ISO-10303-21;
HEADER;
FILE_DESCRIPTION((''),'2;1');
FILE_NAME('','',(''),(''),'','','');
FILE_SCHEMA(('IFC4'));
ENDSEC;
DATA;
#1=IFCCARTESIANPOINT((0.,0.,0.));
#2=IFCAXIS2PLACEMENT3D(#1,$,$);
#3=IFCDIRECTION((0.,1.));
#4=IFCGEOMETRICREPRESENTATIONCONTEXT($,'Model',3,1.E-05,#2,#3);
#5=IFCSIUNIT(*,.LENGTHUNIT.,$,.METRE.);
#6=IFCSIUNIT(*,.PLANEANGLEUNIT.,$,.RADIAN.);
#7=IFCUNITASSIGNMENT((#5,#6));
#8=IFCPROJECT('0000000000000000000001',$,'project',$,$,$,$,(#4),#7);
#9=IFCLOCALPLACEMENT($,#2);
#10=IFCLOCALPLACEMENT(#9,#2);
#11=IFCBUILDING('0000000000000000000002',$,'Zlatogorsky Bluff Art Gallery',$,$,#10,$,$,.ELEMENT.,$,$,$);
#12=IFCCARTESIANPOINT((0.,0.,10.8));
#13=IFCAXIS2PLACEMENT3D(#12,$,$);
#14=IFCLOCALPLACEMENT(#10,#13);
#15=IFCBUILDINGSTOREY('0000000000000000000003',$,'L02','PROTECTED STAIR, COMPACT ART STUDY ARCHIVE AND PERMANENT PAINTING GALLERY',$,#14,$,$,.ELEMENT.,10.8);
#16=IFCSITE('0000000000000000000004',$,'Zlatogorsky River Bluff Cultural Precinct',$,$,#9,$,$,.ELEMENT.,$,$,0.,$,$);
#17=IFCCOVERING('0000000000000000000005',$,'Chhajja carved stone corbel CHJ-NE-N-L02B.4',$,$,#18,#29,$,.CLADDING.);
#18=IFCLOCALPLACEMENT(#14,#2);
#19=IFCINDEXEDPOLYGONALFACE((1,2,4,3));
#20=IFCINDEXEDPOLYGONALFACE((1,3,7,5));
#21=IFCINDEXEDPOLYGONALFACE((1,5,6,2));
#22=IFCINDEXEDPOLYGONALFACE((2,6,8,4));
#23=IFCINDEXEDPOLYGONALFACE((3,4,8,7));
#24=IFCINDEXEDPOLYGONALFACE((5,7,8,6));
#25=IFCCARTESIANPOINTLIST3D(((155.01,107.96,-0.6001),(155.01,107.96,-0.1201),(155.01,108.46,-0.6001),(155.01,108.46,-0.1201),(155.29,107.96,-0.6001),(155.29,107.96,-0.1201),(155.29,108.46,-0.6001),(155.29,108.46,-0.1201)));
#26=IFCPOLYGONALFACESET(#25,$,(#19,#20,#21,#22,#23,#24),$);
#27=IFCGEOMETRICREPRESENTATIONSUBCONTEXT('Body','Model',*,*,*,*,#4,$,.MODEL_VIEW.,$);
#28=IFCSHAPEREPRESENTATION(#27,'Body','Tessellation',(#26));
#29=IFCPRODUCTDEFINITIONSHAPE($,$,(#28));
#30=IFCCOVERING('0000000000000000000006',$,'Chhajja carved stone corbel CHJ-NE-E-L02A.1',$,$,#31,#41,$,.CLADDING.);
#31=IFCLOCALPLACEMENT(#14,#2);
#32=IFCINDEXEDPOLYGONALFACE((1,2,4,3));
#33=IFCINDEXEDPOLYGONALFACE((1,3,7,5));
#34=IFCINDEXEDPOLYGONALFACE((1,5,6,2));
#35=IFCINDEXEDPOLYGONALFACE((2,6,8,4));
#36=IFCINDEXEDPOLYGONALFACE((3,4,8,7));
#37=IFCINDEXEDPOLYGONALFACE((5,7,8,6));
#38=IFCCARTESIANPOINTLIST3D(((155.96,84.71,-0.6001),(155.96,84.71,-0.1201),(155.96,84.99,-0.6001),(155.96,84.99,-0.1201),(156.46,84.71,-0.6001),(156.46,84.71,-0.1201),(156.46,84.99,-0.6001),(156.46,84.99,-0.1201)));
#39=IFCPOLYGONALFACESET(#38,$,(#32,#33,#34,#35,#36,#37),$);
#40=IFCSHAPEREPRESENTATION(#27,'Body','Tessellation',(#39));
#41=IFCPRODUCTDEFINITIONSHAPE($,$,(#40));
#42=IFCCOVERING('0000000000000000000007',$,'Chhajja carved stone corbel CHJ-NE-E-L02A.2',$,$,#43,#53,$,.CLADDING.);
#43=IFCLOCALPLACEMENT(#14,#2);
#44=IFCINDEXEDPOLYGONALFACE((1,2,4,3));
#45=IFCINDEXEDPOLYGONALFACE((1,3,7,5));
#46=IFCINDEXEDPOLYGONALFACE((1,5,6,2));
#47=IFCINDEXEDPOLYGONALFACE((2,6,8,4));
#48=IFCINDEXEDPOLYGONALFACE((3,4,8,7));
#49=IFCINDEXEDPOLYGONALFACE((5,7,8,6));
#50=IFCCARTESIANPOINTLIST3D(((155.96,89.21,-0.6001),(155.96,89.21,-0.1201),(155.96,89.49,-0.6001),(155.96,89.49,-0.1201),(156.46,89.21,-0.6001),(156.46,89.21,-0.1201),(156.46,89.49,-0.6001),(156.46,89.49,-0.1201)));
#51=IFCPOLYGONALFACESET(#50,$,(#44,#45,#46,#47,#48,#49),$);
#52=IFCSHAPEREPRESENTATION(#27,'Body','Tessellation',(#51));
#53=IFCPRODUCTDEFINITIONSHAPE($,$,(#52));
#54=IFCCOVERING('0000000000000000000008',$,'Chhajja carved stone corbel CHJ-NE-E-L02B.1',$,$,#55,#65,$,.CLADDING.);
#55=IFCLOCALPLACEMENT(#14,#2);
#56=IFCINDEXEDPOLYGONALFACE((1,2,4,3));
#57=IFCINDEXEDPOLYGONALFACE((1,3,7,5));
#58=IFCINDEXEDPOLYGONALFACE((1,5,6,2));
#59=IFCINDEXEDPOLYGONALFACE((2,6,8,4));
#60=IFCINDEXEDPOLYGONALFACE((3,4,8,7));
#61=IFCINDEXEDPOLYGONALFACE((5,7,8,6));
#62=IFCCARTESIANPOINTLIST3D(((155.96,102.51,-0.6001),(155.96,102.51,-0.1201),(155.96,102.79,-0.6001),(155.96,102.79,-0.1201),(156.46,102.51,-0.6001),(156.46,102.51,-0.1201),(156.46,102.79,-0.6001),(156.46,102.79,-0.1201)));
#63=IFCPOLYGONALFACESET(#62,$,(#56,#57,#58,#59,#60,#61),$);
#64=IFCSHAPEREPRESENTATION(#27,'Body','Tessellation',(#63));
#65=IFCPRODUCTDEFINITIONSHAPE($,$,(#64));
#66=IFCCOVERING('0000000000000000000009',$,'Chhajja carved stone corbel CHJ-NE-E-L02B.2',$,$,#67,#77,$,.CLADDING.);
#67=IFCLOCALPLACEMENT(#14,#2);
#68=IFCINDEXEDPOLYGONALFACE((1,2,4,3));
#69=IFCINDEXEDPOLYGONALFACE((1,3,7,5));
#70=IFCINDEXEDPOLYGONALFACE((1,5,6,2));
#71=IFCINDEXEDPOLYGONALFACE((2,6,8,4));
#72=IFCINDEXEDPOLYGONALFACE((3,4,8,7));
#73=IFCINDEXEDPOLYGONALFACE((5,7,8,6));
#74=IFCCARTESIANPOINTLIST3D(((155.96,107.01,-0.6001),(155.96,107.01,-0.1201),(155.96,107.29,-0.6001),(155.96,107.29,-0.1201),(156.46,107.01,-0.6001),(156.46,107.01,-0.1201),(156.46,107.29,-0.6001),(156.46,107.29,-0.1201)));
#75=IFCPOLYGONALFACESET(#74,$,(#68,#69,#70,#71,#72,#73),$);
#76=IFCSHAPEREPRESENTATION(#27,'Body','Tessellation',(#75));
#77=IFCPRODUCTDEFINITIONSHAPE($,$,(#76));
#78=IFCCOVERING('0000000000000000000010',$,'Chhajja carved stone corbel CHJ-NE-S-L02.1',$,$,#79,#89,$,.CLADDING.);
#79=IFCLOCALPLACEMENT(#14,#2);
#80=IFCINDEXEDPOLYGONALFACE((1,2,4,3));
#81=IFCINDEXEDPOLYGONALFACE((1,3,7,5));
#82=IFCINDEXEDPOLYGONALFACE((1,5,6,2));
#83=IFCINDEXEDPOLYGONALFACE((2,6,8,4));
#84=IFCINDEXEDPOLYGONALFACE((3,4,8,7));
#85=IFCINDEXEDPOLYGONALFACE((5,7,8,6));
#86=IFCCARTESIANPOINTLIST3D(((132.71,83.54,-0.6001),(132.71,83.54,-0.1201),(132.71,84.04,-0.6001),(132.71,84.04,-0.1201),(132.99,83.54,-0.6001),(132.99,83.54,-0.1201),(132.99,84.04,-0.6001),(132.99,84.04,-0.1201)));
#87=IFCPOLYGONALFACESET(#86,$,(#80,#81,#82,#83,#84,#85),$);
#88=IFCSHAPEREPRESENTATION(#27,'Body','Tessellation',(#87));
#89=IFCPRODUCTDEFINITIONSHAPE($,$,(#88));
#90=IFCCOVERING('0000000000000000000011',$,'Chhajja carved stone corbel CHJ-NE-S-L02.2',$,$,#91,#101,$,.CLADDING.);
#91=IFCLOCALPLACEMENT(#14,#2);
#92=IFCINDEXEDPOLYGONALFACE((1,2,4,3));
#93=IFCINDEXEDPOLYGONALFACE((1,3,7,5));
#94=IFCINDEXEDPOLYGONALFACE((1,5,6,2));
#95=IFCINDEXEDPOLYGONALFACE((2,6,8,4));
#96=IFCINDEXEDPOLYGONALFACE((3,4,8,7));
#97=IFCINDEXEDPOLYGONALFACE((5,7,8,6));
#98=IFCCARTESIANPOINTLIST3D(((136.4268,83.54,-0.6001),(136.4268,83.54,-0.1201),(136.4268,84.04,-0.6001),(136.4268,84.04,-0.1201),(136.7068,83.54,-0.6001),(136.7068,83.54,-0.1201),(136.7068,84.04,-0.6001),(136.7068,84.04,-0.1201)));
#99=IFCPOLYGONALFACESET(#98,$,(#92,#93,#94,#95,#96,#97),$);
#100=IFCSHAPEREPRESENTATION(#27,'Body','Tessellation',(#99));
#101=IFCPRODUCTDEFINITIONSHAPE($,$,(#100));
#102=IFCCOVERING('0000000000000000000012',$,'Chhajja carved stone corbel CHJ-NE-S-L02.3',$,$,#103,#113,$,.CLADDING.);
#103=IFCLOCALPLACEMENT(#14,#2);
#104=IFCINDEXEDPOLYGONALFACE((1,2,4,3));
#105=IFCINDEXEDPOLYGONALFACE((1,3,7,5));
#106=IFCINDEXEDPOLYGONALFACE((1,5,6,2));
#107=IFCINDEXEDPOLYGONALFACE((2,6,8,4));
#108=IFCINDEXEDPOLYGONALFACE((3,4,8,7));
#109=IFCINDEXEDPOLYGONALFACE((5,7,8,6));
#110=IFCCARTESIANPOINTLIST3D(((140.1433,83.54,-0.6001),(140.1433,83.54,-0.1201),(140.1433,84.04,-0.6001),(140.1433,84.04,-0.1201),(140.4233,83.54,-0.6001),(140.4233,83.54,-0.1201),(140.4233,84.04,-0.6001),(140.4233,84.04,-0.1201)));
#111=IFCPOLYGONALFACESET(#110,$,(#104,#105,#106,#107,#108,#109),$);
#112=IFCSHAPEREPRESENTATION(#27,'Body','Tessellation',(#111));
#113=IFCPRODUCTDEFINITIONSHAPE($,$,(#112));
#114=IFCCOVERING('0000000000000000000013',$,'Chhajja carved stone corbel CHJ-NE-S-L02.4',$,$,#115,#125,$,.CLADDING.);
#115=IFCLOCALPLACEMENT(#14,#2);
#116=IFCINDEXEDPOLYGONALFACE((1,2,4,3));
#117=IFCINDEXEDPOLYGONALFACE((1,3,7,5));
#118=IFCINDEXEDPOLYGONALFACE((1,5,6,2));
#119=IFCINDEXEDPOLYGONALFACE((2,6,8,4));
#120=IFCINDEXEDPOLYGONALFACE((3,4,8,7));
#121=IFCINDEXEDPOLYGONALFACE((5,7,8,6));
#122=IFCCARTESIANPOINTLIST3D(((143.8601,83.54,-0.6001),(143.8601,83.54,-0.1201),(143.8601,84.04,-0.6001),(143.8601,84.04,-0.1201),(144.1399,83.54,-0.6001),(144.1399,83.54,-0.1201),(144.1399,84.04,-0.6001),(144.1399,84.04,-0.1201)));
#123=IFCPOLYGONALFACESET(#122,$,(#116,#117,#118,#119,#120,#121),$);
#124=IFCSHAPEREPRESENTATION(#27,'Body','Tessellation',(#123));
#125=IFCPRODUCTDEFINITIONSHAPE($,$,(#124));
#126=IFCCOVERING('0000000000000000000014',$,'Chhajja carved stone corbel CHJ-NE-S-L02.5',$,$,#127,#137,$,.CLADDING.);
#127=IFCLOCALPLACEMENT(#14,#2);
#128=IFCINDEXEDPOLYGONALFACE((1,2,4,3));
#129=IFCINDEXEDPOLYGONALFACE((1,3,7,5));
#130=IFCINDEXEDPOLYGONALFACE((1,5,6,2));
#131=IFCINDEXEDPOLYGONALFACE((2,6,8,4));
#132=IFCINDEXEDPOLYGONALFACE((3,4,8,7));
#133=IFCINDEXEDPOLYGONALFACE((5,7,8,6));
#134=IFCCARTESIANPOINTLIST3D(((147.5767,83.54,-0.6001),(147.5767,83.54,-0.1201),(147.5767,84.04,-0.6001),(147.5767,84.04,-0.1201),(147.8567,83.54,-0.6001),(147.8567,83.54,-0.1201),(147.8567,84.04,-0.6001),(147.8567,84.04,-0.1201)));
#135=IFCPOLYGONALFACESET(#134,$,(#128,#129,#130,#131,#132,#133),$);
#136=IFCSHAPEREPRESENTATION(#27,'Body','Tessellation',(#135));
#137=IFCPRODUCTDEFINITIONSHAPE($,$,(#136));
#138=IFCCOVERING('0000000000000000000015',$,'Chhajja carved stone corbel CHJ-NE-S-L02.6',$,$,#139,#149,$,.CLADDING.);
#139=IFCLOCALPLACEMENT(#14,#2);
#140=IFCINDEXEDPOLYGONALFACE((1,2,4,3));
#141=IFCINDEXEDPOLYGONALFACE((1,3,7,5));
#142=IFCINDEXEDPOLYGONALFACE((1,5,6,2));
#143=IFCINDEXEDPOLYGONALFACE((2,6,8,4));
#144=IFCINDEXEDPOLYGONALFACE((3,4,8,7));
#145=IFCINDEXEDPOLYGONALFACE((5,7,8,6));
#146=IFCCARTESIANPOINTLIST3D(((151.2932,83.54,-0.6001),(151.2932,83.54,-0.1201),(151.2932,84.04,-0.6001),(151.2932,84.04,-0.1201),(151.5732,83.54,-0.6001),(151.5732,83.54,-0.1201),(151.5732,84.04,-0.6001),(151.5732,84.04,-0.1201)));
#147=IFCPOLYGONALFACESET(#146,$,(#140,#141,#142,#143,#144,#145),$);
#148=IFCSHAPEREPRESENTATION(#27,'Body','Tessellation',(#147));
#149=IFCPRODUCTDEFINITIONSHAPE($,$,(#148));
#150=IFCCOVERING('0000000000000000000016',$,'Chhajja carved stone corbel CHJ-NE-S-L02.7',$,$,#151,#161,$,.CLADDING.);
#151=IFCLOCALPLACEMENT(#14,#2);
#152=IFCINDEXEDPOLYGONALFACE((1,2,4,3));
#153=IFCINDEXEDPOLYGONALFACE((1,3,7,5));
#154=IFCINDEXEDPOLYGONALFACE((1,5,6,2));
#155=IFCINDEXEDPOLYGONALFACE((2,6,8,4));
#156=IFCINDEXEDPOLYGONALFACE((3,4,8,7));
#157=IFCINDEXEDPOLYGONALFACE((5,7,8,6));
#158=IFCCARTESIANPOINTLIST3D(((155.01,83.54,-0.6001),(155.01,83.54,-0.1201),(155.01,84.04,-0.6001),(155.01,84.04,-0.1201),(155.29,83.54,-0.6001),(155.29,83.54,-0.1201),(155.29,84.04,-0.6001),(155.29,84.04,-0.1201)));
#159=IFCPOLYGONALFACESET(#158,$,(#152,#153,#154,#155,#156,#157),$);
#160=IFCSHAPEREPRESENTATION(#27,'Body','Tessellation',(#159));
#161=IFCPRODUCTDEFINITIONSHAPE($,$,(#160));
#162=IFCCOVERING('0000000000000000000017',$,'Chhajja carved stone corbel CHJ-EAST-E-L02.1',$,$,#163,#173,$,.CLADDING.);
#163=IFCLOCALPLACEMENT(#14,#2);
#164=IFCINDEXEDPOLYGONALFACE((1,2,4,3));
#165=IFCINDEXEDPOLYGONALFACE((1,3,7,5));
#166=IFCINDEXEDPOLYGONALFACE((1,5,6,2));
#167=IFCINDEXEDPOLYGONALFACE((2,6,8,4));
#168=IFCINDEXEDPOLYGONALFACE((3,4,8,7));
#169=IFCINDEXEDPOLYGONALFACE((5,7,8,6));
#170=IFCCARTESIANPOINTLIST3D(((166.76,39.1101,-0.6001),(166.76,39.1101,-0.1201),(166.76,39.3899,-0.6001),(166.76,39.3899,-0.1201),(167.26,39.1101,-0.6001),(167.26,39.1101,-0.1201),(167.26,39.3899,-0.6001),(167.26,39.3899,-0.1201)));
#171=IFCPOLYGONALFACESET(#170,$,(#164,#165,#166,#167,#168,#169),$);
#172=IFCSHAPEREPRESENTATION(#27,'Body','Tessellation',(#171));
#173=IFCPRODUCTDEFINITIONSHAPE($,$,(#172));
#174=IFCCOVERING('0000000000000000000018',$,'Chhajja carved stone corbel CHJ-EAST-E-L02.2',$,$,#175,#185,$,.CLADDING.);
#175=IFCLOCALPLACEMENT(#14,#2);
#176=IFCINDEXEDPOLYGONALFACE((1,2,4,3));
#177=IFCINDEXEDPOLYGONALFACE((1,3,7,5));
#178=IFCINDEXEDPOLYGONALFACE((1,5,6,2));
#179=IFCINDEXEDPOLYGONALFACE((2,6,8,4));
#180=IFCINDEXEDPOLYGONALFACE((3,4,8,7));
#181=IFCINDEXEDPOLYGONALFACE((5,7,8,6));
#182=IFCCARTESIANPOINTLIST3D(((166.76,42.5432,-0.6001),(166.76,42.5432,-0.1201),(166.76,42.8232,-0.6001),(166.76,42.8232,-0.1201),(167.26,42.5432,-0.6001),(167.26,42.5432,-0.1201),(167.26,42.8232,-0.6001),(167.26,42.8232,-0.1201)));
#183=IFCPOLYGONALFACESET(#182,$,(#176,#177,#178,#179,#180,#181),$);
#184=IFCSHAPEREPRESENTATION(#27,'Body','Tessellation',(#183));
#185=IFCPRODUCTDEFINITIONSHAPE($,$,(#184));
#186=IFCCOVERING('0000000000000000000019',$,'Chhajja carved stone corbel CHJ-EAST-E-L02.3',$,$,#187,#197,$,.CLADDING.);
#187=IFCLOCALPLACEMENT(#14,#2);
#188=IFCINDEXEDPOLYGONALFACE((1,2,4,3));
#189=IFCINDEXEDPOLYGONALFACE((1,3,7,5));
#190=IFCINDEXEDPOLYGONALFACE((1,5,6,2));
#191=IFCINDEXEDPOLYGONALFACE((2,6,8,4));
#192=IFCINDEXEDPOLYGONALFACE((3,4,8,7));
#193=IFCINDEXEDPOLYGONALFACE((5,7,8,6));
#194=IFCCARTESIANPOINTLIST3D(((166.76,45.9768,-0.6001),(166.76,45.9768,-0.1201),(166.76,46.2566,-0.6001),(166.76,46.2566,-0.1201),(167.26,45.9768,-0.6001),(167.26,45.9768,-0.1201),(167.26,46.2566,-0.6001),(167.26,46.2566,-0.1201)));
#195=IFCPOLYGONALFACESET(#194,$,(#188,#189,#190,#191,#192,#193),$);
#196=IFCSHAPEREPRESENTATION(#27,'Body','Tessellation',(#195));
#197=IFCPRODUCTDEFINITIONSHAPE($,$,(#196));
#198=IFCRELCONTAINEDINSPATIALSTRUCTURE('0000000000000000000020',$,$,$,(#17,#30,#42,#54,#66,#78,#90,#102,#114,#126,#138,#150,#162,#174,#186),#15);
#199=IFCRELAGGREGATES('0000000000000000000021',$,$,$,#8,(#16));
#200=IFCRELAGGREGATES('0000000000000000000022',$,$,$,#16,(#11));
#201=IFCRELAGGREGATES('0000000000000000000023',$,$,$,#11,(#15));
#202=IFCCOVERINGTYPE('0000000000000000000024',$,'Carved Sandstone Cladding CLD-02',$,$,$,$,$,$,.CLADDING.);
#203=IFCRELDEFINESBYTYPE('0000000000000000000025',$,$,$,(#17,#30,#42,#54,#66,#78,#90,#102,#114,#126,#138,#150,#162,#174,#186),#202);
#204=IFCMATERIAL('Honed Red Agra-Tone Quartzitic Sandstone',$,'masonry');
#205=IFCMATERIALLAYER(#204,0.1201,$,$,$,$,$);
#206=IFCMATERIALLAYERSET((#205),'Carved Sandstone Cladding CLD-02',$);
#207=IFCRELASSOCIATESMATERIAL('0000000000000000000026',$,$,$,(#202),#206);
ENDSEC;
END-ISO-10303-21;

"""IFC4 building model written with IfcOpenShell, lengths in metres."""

from ifc_helpers import new_model, si_unit, direction, frame, origin, place, context, subcontext, project, spatial, polyline, outline, extrude, material, layer, layer_set, type_object, element, save


model = new_model("IFC4")

# Units and contexts
model_context = context("Model", 3, precision=1e-05, world=origin(), true_north=direction((0.0, 1.0)))
body_context = subcontext(model_context, "Body", "Model", "MODEL_VIEW")
ifc_project = project(units=[si_unit("LENGTHUNIT", "METRE"), si_unit("PLANEANGLEUNIT", "RADIAN")], contexts=[model_context])

# Site, building, storey
site_placement = place(None, origin())
site = spatial("IfcSite", under=ifc_project, at=site_placement, Name="Zlatogorsky River Bluff Cultural Precinct", CompositionType="ELEMENT", RefElevation=0.0)
building_placement = place(site_placement, origin())
building = spatial("IfcBuilding", under=site, at=building_placement, Name="Zlatogorsky Bluff Art Gallery", CompositionType="ELEMENT")
storey_placement = place(building_placement, frame((0.0, 0.0, 10.8)))
storey = spatial("IfcBuildingStorey", under=building, at=storey_placement, Name="L02", Description="PROTECTED STAIR, COMPACT ART STUDY ARCHIVE AND PERMANENT PAINTING GALLERY", CompositionType="ELEMENT", Elevation=10.8)

# Coverings
ifc_material = material(Name="Honed Red Agra-Tone Quartzitic Sandstone", Category="masonry")
ifc_layer = layer(ifc_material, 0.1201)
ifc_layer_set = layer_set([ifc_layer], Name="Carved Sandstone Cladding CLD-02")
covering_type = type_object("IfcCoveringType", Name="Carved Sandstone Cladding CLD-02", PredefinedType="CLADDING", material=ifc_layer_set)
covering_1_placement = place(storey_placement, frame((0.0, 0.0, -0.6001)))
element("IfcCovering", 1, at=covering_1_placement, inside=storey, type_object=covering_type, Name="Chhajja carved stone corbel CHJ-NE-N-L02B.4", PredefinedType="CLADDING", context=body_context, shape_type="SweptSolid", body=[
    extrude(outline(polyline([(155.01, 107.96), (155.29, 107.96), (155.29, 108.46), (155.01, 108.46), (155.01, 107.96)])), origin(), (0.0, 0.0, 1.0), 0.48),
])
covering_2_placement = place(storey_placement, frame((0.0, 0.0, -0.6001)))
element("IfcCovering", 2, at=covering_2_placement, inside=storey, type_object=covering_type, Name="Chhajja carved stone corbel CHJ-NE-E-L02A.1", PredefinedType="CLADDING", context=body_context, shape_type="SweptSolid", body=[
    extrude(outline(polyline([(155.96, 84.71), (155.96, 84.99), (156.46, 84.99), (156.46, 84.71), (155.96, 84.71)])), origin(), (0.0, 0.0, 1.0), 0.48),
])
covering_3_placement = place(storey_placement, frame((0.0, 0.0, -0.6001)))
element("IfcCovering", 3, at=covering_3_placement, inside=storey, type_object=covering_type, Name="Chhajja carved stone corbel CHJ-NE-E-L02A.2", PredefinedType="CLADDING", context=body_context, shape_type="SweptSolid", body=[
    extrude(outline(polyline([(155.96, 89.21), (155.96, 89.49), (156.46, 89.49), (156.46, 89.21), (155.96, 89.21)])), origin(), (0.0, 0.0, 1.0), 0.48),
])
covering_4_placement = place(storey_placement, frame((0.0, 0.0, -0.6001)))
element("IfcCovering", 4, at=covering_4_placement, inside=storey, type_object=covering_type, Name="Chhajja carved stone corbel CHJ-NE-E-L02B.1", PredefinedType="CLADDING", context=body_context, shape_type="SweptSolid", body=[
    extrude(outline(polyline([(155.96, 102.51), (155.96, 102.79), (156.46, 102.79), (156.46, 102.51), (155.96, 102.51)])), origin(), (0.0, 0.0, 1.0), 0.48),
])
covering_5_placement = place(storey_placement, frame((0.0, 0.0, -0.6001)))
element("IfcCovering", 5, at=covering_5_placement, inside=storey, type_object=covering_type, Name="Chhajja carved stone corbel CHJ-NE-E-L02B.2", PredefinedType="CLADDING", context=body_context, shape_type="SweptSolid", body=[
    extrude(outline(polyline([(155.96, 107.01), (155.96, 107.29), (156.46, 107.29), (156.46, 107.01), (155.96, 107.01)])), origin(), (0.0, 0.0, 1.0), 0.48),
])
covering_6_placement = place(storey_placement, frame((0.0, 0.0, -0.6001)))
element("IfcCovering", 6, at=covering_6_placement, inside=storey, type_object=covering_type, Name="Chhajja carved stone corbel CHJ-NE-S-L02.1", PredefinedType="CLADDING", context=body_context, shape_type="SweptSolid", body=[
    extrude(outline(polyline([(132.71, 83.54), (132.99, 83.54), (132.99, 84.04), (132.71, 84.04), (132.71, 83.54)])), origin(), (0.0, 0.0, 1.0), 0.48),
])
covering_7_placement = place(storey_placement, frame((0.0, 0.0, -0.6001)))
element("IfcCovering", 7, at=covering_7_placement, inside=storey, type_object=covering_type, Name="Chhajja carved stone corbel CHJ-NE-S-L02.2", PredefinedType="CLADDING", context=body_context, shape_type="SweptSolid", body=[
    extrude(outline(polyline([(136.4268, 83.54), (136.7068, 83.54), (136.7068, 84.04), (136.4268, 84.04), (136.4268, 83.54)])), origin(), (0.0, 0.0, 1.0), 0.48),
])
covering_8_placement = place(storey_placement, frame((0.0, 0.0, -0.6001)))
element("IfcCovering", 8, at=covering_8_placement, inside=storey, type_object=covering_type, Name="Chhajja carved stone corbel CHJ-NE-S-L02.3", PredefinedType="CLADDING", context=body_context, shape_type="SweptSolid", body=[
    extrude(outline(polyline([(140.1433, 83.54), (140.4233, 83.54), (140.4233, 84.04), (140.1433, 84.04), (140.1433, 83.54)])), origin(), (0.0, 0.0, 1.0), 0.48),
])
covering_9_placement = place(storey_placement, frame((0.0, 0.0, -0.6001)))
element("IfcCovering", 9, at=covering_9_placement, inside=storey, type_object=covering_type, Name="Chhajja carved stone corbel CHJ-NE-S-L02.4", PredefinedType="CLADDING", context=body_context, shape_type="SweptSolid", body=[
    extrude(outline(polyline([(143.8601, 83.54), (144.1399, 83.54), (144.1399, 84.04), (143.8601, 84.04), (143.8601, 83.54)])), origin(), (0.0, 0.0, 1.0), 0.48),
])
covering_10_placement = place(storey_placement, frame((0.0, 0.0, -0.6001)))
element("IfcCovering", 10, at=covering_10_placement, inside=storey, type_object=covering_type, Name="Chhajja carved stone corbel CHJ-NE-S-L02.5", PredefinedType="CLADDING", context=body_context, shape_type="SweptSolid", body=[
    extrude(outline(polyline([(147.5767, 83.54), (147.8567, 83.54), (147.8567, 84.04), (147.5767, 84.04), (147.5767, 83.54)])), origin(), (0.0, 0.0, 1.0), 0.48),
])
covering_11_placement = place(storey_placement, frame((0.0, 0.0, -0.6001)))
element("IfcCovering", 11, at=covering_11_placement, inside=storey, type_object=covering_type, Name="Chhajja carved stone corbel CHJ-NE-S-L02.6", PredefinedType="CLADDING", context=body_context, shape_type="SweptSolid", body=[
    extrude(outline(polyline([(151.2932, 83.54), (151.5732, 83.54), (151.5732, 84.04), (151.2932, 84.04), (151.2932, 83.54)])), origin(), (0.0, 0.0, 1.0), 0.48),
])
covering_12_placement = place(storey_placement, frame((0.0, 0.0, -0.6001)))
element("IfcCovering", 12, at=covering_12_placement, inside=storey, type_object=covering_type, Name="Chhajja carved stone corbel CHJ-NE-S-L02.7", PredefinedType="CLADDING", context=body_context, shape_type="SweptSolid", body=[
    extrude(outline(polyline([(155.01, 83.54), (155.29, 83.54), (155.29, 84.04), (155.01, 84.04), (155.01, 83.54)])), origin(), (0.0, 0.0, 1.0), 0.48),
])
covering_13_placement = place(storey_placement, frame((0.0, 0.0, -0.6001)))
element("IfcCovering", 13, at=covering_13_placement, inside=storey, type_object=covering_type, Name="Chhajja carved stone corbel CHJ-EAST-E-L02.1", PredefinedType="CLADDING", context=body_context, shape_type="SweptSolid", body=[
    extrude(outline(polyline([(166.76, 39.1101), (166.76, 39.3899), (167.26, 39.3899), (167.26, 39.1101), (166.76, 39.1101)])), origin(), (0.0, 0.0, 1.0), 0.48),
])
covering_14_placement = place(storey_placement, frame((0.0, 0.0, -0.6001)))
element("IfcCovering", 14, at=covering_14_placement, inside=storey, type_object=covering_type, Name="Chhajja carved stone corbel CHJ-EAST-E-L02.2", PredefinedType="CLADDING", context=body_context, shape_type="SweptSolid", body=[
    extrude(outline(polyline([(166.76, 42.5432), (166.76, 42.8232), (167.26, 42.8232), (167.26, 42.5432), (166.76, 42.5432)])), origin(), (0.0, 0.0, 1.0), 0.48),
])
covering_15_placement = place(storey_placement, frame((0.0, 0.0, -0.6001)))
element("IfcCovering", 15, at=covering_15_placement, inside=storey, type_object=covering_type, Name="Chhajja carved stone corbel CHJ-EAST-E-L02.3", PredefinedType="CLADDING", context=body_context, shape_type="SweptSolid", body=[
    extrude(outline(polyline([(166.76, 45.9768), (166.76, 46.2566), (167.26, 46.2566), (167.26, 45.9768), (166.76, 45.9768)])), origin(), (0.0, 0.0, 1.0), 0.48),
])

save(model, "model.ifc")
